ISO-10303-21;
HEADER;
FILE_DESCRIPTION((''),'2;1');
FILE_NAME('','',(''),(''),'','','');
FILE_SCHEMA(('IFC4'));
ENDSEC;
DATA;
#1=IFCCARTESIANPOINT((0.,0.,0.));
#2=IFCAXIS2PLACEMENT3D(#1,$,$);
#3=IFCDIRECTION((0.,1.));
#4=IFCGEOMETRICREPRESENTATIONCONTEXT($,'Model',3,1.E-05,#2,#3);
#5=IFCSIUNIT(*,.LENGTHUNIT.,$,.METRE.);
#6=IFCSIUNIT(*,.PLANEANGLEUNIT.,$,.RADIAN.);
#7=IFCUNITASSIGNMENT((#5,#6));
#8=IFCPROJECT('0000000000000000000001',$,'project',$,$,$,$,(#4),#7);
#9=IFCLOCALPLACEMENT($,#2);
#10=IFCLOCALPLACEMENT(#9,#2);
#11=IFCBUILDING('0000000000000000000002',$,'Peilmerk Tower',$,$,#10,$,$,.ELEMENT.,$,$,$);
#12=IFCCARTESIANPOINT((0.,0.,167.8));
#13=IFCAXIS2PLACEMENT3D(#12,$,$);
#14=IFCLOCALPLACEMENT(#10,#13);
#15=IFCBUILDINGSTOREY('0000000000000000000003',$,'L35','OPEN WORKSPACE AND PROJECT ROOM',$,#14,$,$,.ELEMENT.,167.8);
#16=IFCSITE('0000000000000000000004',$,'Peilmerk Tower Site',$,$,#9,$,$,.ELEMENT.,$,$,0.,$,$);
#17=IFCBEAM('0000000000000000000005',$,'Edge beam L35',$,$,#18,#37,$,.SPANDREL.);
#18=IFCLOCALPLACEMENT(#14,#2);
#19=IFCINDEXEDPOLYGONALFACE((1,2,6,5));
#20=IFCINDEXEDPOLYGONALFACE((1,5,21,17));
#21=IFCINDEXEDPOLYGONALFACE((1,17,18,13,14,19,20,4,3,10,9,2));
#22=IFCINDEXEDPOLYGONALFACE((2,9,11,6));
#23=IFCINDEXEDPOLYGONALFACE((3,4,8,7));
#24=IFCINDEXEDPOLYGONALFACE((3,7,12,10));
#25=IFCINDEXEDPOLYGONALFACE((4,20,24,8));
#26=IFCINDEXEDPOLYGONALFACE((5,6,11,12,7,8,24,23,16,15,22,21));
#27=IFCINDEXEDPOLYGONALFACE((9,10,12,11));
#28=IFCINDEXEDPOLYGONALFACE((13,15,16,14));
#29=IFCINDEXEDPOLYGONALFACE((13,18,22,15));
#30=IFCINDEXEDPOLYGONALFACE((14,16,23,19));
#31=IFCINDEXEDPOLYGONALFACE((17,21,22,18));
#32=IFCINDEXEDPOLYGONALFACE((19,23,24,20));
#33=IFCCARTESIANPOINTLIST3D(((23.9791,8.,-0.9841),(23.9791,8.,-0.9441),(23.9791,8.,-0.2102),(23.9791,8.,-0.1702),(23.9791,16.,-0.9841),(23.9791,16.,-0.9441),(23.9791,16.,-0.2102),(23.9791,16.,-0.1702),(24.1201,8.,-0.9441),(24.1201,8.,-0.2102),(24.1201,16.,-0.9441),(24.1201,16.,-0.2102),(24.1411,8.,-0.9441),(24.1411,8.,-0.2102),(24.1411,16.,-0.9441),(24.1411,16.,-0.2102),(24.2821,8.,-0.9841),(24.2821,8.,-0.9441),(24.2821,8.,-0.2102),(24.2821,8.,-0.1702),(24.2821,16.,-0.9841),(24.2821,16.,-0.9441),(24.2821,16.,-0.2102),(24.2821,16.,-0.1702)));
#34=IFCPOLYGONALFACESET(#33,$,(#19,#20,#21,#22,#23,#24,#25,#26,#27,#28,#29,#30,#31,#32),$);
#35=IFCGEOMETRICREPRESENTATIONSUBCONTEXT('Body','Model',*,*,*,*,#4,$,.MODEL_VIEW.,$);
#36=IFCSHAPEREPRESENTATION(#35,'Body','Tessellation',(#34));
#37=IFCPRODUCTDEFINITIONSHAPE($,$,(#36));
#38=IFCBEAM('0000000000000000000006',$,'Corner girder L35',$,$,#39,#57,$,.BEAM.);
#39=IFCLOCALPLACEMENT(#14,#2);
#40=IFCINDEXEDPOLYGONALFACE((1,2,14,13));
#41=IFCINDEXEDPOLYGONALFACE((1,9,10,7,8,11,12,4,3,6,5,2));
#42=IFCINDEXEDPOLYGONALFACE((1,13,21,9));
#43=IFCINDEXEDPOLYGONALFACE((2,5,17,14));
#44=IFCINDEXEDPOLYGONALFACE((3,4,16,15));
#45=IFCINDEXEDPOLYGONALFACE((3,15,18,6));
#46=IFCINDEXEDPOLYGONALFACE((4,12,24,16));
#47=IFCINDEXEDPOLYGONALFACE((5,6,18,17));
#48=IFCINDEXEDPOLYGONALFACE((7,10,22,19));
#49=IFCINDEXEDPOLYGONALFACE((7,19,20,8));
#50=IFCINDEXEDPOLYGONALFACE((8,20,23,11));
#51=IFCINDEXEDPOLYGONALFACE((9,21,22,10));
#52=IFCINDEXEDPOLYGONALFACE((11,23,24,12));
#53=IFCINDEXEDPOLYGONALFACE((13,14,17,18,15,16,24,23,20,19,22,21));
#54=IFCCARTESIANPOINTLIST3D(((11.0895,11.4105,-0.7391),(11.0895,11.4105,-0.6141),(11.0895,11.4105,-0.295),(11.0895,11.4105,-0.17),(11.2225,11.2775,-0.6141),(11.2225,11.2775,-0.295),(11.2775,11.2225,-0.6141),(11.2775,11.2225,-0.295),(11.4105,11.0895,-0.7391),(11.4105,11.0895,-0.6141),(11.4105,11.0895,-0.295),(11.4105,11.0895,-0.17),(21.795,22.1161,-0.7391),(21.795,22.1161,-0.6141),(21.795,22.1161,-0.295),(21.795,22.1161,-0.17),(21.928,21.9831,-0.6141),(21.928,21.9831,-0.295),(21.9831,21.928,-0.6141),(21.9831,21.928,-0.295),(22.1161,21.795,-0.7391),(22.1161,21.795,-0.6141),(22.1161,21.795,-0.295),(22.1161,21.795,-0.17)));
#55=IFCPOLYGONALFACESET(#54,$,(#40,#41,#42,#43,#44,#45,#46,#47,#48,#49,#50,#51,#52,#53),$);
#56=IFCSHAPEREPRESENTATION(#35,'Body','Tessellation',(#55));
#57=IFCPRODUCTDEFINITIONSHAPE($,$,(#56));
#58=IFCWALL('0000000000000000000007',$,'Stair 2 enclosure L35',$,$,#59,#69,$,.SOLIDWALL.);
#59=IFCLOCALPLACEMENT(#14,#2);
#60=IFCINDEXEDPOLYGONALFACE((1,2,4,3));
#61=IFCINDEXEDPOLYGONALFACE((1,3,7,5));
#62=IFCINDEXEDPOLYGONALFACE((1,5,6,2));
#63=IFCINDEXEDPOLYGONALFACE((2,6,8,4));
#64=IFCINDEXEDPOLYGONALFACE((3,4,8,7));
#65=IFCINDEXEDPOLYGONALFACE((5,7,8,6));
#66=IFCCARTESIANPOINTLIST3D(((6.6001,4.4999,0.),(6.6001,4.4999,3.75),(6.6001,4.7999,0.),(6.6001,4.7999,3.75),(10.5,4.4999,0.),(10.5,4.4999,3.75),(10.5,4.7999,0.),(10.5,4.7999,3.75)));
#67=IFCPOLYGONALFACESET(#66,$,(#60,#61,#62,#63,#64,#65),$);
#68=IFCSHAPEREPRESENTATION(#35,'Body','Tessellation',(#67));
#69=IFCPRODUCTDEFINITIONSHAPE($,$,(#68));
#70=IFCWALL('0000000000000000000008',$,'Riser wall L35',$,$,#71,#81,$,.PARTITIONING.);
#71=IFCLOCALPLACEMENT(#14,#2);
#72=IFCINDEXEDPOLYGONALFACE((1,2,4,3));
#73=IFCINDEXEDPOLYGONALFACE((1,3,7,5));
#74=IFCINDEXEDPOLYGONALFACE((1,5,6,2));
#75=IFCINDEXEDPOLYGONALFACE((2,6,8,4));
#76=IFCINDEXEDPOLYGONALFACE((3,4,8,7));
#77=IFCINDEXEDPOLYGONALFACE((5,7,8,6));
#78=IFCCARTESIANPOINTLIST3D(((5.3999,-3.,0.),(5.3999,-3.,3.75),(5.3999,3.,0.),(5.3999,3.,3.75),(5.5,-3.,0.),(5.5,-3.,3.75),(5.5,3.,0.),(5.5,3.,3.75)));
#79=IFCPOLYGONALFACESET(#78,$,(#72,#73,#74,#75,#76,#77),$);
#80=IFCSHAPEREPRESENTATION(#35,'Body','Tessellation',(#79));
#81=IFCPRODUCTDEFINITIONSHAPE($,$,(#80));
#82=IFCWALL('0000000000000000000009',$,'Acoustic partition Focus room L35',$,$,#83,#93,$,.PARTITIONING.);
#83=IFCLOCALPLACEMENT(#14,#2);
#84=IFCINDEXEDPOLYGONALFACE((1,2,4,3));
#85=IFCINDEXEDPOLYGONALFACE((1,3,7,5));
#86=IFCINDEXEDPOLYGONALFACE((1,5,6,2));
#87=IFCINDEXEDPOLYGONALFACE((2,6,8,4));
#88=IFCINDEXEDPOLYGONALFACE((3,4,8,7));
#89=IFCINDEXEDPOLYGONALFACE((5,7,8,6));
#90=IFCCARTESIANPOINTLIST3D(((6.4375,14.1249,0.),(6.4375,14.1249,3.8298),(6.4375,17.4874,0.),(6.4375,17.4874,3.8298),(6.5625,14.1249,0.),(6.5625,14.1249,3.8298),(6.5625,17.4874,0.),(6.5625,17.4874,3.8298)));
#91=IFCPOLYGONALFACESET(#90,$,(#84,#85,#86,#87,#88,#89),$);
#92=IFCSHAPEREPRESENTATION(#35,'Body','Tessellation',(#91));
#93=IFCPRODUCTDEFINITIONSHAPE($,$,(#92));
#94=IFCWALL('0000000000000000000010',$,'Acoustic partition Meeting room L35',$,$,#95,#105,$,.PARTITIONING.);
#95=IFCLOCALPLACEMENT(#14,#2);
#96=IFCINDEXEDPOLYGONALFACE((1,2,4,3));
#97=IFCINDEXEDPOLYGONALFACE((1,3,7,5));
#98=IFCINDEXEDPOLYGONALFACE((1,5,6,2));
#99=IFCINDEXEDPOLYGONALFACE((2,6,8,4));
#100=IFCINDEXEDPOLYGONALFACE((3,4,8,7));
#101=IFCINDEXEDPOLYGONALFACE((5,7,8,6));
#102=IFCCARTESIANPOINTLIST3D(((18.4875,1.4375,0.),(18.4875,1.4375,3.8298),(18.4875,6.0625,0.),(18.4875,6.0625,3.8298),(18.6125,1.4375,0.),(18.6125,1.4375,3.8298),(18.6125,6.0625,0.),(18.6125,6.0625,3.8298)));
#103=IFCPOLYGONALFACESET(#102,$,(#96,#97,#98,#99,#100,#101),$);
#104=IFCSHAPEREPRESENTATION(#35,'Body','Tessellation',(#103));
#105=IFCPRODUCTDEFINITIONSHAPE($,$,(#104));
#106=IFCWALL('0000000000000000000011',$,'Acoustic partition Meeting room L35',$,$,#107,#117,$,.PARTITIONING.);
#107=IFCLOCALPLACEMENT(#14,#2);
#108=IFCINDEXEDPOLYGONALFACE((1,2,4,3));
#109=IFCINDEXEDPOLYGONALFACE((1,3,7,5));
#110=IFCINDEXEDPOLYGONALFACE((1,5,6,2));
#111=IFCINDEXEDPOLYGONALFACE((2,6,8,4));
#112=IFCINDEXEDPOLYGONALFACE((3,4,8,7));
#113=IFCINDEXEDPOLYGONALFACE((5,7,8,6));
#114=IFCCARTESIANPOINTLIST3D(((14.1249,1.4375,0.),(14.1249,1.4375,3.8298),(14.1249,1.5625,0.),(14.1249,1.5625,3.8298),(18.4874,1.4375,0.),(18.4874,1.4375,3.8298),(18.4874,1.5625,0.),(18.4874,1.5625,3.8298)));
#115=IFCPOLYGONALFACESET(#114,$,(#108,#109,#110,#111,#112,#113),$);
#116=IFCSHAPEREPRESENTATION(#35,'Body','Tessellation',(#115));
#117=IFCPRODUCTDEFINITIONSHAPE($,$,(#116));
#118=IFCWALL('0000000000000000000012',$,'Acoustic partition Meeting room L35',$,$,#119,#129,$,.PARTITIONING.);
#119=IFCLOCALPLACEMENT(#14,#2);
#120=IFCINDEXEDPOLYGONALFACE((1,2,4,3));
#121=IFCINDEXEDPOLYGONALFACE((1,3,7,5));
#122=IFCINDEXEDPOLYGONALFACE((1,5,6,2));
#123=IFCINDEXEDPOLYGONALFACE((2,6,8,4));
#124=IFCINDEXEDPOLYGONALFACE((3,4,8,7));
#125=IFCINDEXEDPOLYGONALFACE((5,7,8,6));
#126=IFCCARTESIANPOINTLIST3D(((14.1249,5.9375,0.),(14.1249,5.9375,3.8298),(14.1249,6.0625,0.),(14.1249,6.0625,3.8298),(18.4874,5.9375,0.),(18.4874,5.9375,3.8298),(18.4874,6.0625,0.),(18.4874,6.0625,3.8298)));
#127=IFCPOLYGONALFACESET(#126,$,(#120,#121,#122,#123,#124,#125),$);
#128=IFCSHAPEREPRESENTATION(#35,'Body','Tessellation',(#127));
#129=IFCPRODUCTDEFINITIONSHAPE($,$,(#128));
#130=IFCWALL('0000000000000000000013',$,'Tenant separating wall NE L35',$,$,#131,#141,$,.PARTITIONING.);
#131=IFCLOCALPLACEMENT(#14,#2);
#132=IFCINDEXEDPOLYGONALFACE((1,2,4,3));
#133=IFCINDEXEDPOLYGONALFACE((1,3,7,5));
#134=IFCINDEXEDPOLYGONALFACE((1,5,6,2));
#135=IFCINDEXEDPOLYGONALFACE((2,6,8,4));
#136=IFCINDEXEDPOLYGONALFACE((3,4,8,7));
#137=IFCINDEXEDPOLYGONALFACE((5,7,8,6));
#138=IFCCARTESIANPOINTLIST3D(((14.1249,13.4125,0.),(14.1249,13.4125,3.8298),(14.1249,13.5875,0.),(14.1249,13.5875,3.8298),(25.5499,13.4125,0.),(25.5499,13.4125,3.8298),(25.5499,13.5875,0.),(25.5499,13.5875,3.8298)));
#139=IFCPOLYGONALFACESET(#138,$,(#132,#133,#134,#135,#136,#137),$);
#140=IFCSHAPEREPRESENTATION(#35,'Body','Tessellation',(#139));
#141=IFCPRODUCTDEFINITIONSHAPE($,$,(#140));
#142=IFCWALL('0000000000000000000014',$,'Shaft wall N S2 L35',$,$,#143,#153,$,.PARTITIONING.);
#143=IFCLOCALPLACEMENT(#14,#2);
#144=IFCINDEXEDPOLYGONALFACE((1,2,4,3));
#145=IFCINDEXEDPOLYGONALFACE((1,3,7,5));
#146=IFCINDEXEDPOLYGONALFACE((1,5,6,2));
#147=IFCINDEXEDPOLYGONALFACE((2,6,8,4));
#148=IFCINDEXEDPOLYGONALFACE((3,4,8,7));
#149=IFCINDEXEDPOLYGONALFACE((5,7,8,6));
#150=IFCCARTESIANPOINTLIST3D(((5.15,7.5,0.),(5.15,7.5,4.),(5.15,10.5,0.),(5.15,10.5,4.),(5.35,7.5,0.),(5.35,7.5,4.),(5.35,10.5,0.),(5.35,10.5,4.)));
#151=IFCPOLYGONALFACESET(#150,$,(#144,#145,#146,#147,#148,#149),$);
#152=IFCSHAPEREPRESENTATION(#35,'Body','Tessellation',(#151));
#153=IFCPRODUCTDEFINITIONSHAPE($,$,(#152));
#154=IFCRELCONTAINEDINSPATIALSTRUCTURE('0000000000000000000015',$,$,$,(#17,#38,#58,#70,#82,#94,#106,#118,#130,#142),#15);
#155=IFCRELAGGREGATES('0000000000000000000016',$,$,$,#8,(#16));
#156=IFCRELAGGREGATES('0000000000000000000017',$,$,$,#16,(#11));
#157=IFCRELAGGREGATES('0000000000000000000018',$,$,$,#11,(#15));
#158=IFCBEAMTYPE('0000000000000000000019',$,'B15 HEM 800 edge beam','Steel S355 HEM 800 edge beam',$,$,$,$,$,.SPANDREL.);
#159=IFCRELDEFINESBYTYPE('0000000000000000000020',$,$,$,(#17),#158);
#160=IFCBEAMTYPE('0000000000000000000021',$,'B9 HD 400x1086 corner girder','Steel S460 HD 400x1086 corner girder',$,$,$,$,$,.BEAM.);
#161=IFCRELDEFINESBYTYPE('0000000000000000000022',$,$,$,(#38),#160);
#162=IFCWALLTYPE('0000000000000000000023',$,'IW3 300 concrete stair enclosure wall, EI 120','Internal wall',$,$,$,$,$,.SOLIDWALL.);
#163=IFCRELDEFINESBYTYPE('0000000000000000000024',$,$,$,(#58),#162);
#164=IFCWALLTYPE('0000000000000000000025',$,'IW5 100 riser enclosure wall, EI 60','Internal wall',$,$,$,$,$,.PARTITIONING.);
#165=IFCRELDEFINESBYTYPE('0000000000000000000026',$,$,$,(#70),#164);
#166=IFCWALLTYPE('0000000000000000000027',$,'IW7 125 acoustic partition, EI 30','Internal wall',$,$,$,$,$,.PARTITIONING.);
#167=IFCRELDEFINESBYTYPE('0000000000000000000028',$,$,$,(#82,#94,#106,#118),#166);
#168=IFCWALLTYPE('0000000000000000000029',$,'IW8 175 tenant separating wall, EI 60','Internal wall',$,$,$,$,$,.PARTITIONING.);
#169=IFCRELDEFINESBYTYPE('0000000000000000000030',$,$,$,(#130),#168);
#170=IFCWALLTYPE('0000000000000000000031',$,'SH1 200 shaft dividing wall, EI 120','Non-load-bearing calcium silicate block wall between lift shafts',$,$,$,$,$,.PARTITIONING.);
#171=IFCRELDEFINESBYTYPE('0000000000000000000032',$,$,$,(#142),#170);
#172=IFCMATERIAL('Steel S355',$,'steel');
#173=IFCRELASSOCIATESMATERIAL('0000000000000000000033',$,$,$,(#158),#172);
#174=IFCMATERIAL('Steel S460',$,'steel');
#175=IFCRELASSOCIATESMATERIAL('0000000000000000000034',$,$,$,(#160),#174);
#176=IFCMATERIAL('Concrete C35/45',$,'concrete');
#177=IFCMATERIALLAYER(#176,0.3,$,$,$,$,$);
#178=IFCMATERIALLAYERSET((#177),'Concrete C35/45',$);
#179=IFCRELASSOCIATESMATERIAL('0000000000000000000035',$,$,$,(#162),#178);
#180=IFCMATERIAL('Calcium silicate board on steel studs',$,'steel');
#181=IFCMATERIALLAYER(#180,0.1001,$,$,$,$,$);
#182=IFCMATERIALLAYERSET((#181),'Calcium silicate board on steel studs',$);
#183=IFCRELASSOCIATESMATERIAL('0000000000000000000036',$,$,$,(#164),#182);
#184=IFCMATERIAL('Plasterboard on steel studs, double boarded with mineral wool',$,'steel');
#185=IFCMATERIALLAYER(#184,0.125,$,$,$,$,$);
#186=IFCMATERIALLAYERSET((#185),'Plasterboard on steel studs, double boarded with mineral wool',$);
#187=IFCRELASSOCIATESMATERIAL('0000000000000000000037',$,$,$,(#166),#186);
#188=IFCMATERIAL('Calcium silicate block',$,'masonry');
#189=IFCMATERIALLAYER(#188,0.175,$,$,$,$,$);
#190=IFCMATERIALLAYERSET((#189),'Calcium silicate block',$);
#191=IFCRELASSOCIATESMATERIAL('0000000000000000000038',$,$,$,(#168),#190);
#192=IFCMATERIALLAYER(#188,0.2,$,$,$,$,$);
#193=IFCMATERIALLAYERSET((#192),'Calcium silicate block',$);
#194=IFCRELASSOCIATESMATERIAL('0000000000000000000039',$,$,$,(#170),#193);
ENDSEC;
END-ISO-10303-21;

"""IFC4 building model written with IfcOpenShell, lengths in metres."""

from ifc_helpers import new_model, si_unit, direction, frame, frame_2d, origin, origin_2d, place, context, subcontext, project, spatial, rectangle, i_section, extrude, material, layer, layer_set, material_profile, profile_set, type_object, element, save


model = new_model("IFC4")

# Units and contexts
model_context = context("Model", 3, precision=1e-05, world=origin(), true_north=direction((0.0, 1.0)))
body_context = subcontext(model_context, "Body", "Model", "MODEL_VIEW")
ifc_project = project(units=[si_unit("LENGTHUNIT", "METRE"), si_unit("PLANEANGLEUNIT", "RADIAN")], contexts=[model_context])

# Site, building, storey
site_placement = place(None, origin())
site = spatial("IfcSite", under=ifc_project, at=site_placement, Name="Peilmerk Tower Site", CompositionType="ELEMENT", RefElevation=0.0)
building_placement = place(site_placement, origin())
building = spatial("IfcBuilding", under=site, at=building_placement, Name="Peilmerk Tower", CompositionType="ELEMENT")
storey_placement = place(building_placement, frame((0.0, 0.0, 167.8)))
storey = spatial("IfcBuildingStorey", under=building, at=storey_placement, Name="L35", Description="OPEN WORKSPACE AND PROJECT ROOM", CompositionType="ELEMENT", Elevation=167.8)

# Shared definitions
ifc_material_1 = material(Name="Steel S460", Category="steel")

# Beams
ifc_material_2 = material(Name="Steel S355", Category="steel")
ifc_material_profile_1 = material_profile(ifc_material_2, i_section(OverallWidth=0.303, OverallDepth=0.814, WebThickness=0.021, FlangeThickness=0.04, at=origin_2d()), Name="HEM 800")
ifc_profile_set_1 = profile_set([ifc_material_profile_1], Name="Steel S355")
beam_type_1 = type_object("IfcBeamType", Name="B15 HEM 800 edge beam", Description="Steel S355 HEM 800 edge beam", PredefinedType="SPANDREL", material=ifc_profile_set_1)
for number, where, z_axis, x_axis, name in (
    (1, (24.1306, 8.0, -0.5771), (0.0, 1.0, 0.0), (-1.0, 0.0, 0.0), "Edge beam L35"),
):
    element("IfcBeam", number, at=place(storey_placement, frame(where, z_axis=z_axis, x_axis=x_axis)), inside=storey, type_object=beam_type_1, Name=name, PredefinedType="SPANDREL", context=body_context, shape_type="SweptSolid", body=[
        extrude(i_section(OverallWidth=0.303, OverallDepth=0.814, WebThickness=0.021, FlangeThickness=0.04, at=origin_2d()), origin(), (0.0, 0.0, 1.0), 8.0),
    ])
ifc_material_profile_2 = material_profile(ifc_material_1, i_section(OverallWidth=0.4541, OverallDepth=0.5691, WebThickness=0.0779, FlangeThickness=0.125, at=origin_2d()), Name="HD 400x1086")
ifc_profile_set_2 = profile_set([ifc_material_profile_2], Name="Steel S460")
beam_type_2 = type_object("IfcBeamType", Name="B9 HD 400x1086 corner girder", Description="Steel S460 HD 400x1086 corner girder", PredefinedType="BEAM", material=ifc_profile_set_2)
beam_placement = place(storey_placement, frame((11.25, 11.25, -0.4546), z_axis=(0.707107, 0.707107, 0.0), x_axis=(-0.707107, 0.707107, 0.0)))
element("IfcBeam", 2, at=beam_placement, inside=storey, type_object=beam_type_2, Name="Corner girder L35", PredefinedType="BEAM", context=body_context, shape_type="SweptSolid", body=[
    extrude(i_section(OverallWidth=0.4541, OverallDepth=0.5691, WebThickness=0.0779, FlangeThickness=0.125, at=origin_2d()), origin(), (0.0, 0.0, 1.0), 15.1399),
])

# Walls
ifc_material_3 = material(Name="Concrete C35/45", Category="concrete")
ifc_layer_1 = layer(ifc_material_3, 0.3)
ifc_layer_set_1 = layer_set([ifc_layer_1], Name="Concrete C35/45")
wall_type_1 = type_object("IfcWallType", Name="IW3 300 concrete stair enclosure wall, EI 120", Description="Internal wall", PredefinedType="SOLIDWALL", material=ifc_layer_set_1)
wall_1_placement = place(storey_placement, frame((6.6001, 4.6499, 0.0), z_axis=(0.0, 0.0, 1.0), x_axis=(1.0, 0.0, 0.0)))
element("IfcWall", 3, at=wall_1_placement, inside=storey, type_object=wall_type_1, Name="Stair 2 enclosure L35", PredefinedType="SOLIDWALL", context=body_context, shape_type="SweptSolid", body=[
    extrude(rectangle(XDim=3.8999, YDim=0.3, at=frame_2d((1.95, 0.0))), origin(), (0.0, 0.0, 1.0), 3.75),
])
ifc_material_4 = material(Name="Calcium silicate board on steel studs", Category="steel")
ifc_layer_2 = layer(ifc_material_4, 0.1001)
ifc_layer_set_2 = layer_set([ifc_layer_2], Name="Calcium silicate board on steel studs")
wall_type_2 = type_object("IfcWallType", Name="IW5 100 riser enclosure wall, EI 60", Description="Internal wall", PredefinedType="PARTITIONING", material=ifc_layer_set_2)
wall_2_placement = place(storey_placement, frame((5.45, 3.0, 0.0), z_axis=(0.0, 0.0, 1.0), x_axis=(0.0, -1.0, 0.0)))
element("IfcWall", 4, at=wall_2_placement, inside=storey, type_object=wall_type_2, Name="Riser wall L35", PredefinedType="PARTITIONING", context=body_context, shape_type="SweptSolid", body=[
    extrude(rectangle(XDim=6.0, YDim=0.1001, at=frame_2d((3.0, 0.0))), origin(), (0.0, 0.0, 1.0), 3.75),
])
ifc_material_5 = material(Name="Plasterboard on steel studs, double boarded with mineral wool", Category="steel")
ifc_layer_3 = layer(ifc_material_5, 0.125)
ifc_layer_set_3 = layer_set([ifc_layer_3], Name="Plasterboard on steel studs, double boarded with mineral wool")
wall_type_3 = type_object("IfcWallType", Name="IW7 125 acoustic partition, EI 30", Description="Internal wall", PredefinedType="PARTITIONING", material=ifc_layer_set_3)
wall_3_placement = place(storey_placement, frame((6.5, 14.125, 0.0), z_axis=(0.0, 0.0, 1.0), x_axis=(0.0, 1.0, 0.0)))
element("IfcWall", 5, at=wall_3_placement, inside=storey, type_object=wall_type_3, Name="Acoustic partition Focus room L35", PredefinedType="PARTITIONING", context=body_context, shape_type="SweptSolid", body=[
    extrude(rectangle(XDim=3.3625, YDim=0.125, at=frame_2d((1.6812, 0.0))), origin(), (0.0, 0.0, 1.0), 3.8298),
])
wall_4_placement = place(storey_placement, frame((18.55, 1.4375, 0.0), z_axis=(0.0, 0.0, 1.0), x_axis=(0.0, 1.0, 0.0)))
element("IfcWall", 6, at=wall_4_placement, inside=storey, type_object=wall_type_3, Name="Acoustic partition Meeting room L35", PredefinedType="PARTITIONING", context=body_context, shape_type="SweptSolid", body=[
    extrude(rectangle(XDim=4.625, YDim=0.125, at=frame_2d((2.3125, 0.0))), origin(), (0.0, 0.0, 1.0), 3.8298),
])
for number, where, z_axis, x_axis, name in (
    (7, (14.125, 1.5, 0.0), (0.0, 0.0, 1.0), (1.0, 0.0, 0.0), "Acoustic partition Meeting room L35"),
    (8, (14.125, 6.0, 0.0), (0.0, 0.0, 1.0), (1.0, 0.0, 0.0), "Acoustic partition Meeting room L35"),
):
    element("IfcWall", number, at=place(storey_placement, frame(where, z_axis=z_axis, x_axis=x_axis)), inside=storey, type_object=wall_type_3, Name=name, PredefinedType="PARTITIONING", context=body_context, shape_type="SweptSolid", body=[
        extrude(rectangle(XDim=4.3625, YDim=0.125, at=frame_2d((2.1812, 0.0))), origin(), (0.0, 0.0, 1.0), 3.8298),
    ])
ifc_material_6 = material(Name="Calcium silicate block", Category="masonry")
ifc_layer_4 = layer(ifc_material_6, 0.175)
ifc_layer_set_4 = layer_set([ifc_layer_4], Name="Calcium silicate block")
wall_type_4 = type_object("IfcWallType", Name="IW8 175 tenant separating wall, EI 60", Description="Internal wall", PredefinedType="PARTITIONING", material=ifc_layer_set_4)
wall_5_placement = place(storey_placement, frame((14.125, 13.5, 0.0), z_axis=(0.0, 0.0, 1.0), x_axis=(1.0, 0.0, 0.0)))
element("IfcWall", 9, at=wall_5_placement, inside=storey, type_object=wall_type_4, Name="Tenant separating wall NE L35", PredefinedType="PARTITIONING", context=body_context, shape_type="SweptSolid", body=[
    extrude(rectangle(XDim=11.425, YDim=0.175, at=frame_2d((5.7124, 0.0))), origin(), (0.0, 0.0, 1.0), 3.8298),
])
ifc_layer_5 = layer(ifc_material_6, 0.2)
ifc_layer_set_5 = layer_set([ifc_layer_5], Name="Calcium silicate block")
wall_type_5 = type_object("IfcWallType", Name="SH1 200 shaft dividing wall, EI 120", Description="Non-load-bearing calcium silicate block wall between lift shafts", PredefinedType="PARTITIONING", material=ifc_layer_set_5)
wall_6_placement = place(storey_placement, frame((5.25, 7.5, 0.0), z_axis=(0.0, 0.0, 1.0), x_axis=(0.0, 1.0, 0.0)))
element("IfcWall", 10, at=wall_6_placement, inside=storey, type_object=wall_type_5, Name="Shaft wall N S2 L35", PredefinedType="PARTITIONING", context=body_context, shape_type="SweptSolid", body=[
    extrude(rectangle(XDim=3.0, YDim=0.2, at=frame_2d((1.5, 0.0))), origin(), (0.0, 0.0, 1.0), 4.0),
])

save(model, "model.ifc")
